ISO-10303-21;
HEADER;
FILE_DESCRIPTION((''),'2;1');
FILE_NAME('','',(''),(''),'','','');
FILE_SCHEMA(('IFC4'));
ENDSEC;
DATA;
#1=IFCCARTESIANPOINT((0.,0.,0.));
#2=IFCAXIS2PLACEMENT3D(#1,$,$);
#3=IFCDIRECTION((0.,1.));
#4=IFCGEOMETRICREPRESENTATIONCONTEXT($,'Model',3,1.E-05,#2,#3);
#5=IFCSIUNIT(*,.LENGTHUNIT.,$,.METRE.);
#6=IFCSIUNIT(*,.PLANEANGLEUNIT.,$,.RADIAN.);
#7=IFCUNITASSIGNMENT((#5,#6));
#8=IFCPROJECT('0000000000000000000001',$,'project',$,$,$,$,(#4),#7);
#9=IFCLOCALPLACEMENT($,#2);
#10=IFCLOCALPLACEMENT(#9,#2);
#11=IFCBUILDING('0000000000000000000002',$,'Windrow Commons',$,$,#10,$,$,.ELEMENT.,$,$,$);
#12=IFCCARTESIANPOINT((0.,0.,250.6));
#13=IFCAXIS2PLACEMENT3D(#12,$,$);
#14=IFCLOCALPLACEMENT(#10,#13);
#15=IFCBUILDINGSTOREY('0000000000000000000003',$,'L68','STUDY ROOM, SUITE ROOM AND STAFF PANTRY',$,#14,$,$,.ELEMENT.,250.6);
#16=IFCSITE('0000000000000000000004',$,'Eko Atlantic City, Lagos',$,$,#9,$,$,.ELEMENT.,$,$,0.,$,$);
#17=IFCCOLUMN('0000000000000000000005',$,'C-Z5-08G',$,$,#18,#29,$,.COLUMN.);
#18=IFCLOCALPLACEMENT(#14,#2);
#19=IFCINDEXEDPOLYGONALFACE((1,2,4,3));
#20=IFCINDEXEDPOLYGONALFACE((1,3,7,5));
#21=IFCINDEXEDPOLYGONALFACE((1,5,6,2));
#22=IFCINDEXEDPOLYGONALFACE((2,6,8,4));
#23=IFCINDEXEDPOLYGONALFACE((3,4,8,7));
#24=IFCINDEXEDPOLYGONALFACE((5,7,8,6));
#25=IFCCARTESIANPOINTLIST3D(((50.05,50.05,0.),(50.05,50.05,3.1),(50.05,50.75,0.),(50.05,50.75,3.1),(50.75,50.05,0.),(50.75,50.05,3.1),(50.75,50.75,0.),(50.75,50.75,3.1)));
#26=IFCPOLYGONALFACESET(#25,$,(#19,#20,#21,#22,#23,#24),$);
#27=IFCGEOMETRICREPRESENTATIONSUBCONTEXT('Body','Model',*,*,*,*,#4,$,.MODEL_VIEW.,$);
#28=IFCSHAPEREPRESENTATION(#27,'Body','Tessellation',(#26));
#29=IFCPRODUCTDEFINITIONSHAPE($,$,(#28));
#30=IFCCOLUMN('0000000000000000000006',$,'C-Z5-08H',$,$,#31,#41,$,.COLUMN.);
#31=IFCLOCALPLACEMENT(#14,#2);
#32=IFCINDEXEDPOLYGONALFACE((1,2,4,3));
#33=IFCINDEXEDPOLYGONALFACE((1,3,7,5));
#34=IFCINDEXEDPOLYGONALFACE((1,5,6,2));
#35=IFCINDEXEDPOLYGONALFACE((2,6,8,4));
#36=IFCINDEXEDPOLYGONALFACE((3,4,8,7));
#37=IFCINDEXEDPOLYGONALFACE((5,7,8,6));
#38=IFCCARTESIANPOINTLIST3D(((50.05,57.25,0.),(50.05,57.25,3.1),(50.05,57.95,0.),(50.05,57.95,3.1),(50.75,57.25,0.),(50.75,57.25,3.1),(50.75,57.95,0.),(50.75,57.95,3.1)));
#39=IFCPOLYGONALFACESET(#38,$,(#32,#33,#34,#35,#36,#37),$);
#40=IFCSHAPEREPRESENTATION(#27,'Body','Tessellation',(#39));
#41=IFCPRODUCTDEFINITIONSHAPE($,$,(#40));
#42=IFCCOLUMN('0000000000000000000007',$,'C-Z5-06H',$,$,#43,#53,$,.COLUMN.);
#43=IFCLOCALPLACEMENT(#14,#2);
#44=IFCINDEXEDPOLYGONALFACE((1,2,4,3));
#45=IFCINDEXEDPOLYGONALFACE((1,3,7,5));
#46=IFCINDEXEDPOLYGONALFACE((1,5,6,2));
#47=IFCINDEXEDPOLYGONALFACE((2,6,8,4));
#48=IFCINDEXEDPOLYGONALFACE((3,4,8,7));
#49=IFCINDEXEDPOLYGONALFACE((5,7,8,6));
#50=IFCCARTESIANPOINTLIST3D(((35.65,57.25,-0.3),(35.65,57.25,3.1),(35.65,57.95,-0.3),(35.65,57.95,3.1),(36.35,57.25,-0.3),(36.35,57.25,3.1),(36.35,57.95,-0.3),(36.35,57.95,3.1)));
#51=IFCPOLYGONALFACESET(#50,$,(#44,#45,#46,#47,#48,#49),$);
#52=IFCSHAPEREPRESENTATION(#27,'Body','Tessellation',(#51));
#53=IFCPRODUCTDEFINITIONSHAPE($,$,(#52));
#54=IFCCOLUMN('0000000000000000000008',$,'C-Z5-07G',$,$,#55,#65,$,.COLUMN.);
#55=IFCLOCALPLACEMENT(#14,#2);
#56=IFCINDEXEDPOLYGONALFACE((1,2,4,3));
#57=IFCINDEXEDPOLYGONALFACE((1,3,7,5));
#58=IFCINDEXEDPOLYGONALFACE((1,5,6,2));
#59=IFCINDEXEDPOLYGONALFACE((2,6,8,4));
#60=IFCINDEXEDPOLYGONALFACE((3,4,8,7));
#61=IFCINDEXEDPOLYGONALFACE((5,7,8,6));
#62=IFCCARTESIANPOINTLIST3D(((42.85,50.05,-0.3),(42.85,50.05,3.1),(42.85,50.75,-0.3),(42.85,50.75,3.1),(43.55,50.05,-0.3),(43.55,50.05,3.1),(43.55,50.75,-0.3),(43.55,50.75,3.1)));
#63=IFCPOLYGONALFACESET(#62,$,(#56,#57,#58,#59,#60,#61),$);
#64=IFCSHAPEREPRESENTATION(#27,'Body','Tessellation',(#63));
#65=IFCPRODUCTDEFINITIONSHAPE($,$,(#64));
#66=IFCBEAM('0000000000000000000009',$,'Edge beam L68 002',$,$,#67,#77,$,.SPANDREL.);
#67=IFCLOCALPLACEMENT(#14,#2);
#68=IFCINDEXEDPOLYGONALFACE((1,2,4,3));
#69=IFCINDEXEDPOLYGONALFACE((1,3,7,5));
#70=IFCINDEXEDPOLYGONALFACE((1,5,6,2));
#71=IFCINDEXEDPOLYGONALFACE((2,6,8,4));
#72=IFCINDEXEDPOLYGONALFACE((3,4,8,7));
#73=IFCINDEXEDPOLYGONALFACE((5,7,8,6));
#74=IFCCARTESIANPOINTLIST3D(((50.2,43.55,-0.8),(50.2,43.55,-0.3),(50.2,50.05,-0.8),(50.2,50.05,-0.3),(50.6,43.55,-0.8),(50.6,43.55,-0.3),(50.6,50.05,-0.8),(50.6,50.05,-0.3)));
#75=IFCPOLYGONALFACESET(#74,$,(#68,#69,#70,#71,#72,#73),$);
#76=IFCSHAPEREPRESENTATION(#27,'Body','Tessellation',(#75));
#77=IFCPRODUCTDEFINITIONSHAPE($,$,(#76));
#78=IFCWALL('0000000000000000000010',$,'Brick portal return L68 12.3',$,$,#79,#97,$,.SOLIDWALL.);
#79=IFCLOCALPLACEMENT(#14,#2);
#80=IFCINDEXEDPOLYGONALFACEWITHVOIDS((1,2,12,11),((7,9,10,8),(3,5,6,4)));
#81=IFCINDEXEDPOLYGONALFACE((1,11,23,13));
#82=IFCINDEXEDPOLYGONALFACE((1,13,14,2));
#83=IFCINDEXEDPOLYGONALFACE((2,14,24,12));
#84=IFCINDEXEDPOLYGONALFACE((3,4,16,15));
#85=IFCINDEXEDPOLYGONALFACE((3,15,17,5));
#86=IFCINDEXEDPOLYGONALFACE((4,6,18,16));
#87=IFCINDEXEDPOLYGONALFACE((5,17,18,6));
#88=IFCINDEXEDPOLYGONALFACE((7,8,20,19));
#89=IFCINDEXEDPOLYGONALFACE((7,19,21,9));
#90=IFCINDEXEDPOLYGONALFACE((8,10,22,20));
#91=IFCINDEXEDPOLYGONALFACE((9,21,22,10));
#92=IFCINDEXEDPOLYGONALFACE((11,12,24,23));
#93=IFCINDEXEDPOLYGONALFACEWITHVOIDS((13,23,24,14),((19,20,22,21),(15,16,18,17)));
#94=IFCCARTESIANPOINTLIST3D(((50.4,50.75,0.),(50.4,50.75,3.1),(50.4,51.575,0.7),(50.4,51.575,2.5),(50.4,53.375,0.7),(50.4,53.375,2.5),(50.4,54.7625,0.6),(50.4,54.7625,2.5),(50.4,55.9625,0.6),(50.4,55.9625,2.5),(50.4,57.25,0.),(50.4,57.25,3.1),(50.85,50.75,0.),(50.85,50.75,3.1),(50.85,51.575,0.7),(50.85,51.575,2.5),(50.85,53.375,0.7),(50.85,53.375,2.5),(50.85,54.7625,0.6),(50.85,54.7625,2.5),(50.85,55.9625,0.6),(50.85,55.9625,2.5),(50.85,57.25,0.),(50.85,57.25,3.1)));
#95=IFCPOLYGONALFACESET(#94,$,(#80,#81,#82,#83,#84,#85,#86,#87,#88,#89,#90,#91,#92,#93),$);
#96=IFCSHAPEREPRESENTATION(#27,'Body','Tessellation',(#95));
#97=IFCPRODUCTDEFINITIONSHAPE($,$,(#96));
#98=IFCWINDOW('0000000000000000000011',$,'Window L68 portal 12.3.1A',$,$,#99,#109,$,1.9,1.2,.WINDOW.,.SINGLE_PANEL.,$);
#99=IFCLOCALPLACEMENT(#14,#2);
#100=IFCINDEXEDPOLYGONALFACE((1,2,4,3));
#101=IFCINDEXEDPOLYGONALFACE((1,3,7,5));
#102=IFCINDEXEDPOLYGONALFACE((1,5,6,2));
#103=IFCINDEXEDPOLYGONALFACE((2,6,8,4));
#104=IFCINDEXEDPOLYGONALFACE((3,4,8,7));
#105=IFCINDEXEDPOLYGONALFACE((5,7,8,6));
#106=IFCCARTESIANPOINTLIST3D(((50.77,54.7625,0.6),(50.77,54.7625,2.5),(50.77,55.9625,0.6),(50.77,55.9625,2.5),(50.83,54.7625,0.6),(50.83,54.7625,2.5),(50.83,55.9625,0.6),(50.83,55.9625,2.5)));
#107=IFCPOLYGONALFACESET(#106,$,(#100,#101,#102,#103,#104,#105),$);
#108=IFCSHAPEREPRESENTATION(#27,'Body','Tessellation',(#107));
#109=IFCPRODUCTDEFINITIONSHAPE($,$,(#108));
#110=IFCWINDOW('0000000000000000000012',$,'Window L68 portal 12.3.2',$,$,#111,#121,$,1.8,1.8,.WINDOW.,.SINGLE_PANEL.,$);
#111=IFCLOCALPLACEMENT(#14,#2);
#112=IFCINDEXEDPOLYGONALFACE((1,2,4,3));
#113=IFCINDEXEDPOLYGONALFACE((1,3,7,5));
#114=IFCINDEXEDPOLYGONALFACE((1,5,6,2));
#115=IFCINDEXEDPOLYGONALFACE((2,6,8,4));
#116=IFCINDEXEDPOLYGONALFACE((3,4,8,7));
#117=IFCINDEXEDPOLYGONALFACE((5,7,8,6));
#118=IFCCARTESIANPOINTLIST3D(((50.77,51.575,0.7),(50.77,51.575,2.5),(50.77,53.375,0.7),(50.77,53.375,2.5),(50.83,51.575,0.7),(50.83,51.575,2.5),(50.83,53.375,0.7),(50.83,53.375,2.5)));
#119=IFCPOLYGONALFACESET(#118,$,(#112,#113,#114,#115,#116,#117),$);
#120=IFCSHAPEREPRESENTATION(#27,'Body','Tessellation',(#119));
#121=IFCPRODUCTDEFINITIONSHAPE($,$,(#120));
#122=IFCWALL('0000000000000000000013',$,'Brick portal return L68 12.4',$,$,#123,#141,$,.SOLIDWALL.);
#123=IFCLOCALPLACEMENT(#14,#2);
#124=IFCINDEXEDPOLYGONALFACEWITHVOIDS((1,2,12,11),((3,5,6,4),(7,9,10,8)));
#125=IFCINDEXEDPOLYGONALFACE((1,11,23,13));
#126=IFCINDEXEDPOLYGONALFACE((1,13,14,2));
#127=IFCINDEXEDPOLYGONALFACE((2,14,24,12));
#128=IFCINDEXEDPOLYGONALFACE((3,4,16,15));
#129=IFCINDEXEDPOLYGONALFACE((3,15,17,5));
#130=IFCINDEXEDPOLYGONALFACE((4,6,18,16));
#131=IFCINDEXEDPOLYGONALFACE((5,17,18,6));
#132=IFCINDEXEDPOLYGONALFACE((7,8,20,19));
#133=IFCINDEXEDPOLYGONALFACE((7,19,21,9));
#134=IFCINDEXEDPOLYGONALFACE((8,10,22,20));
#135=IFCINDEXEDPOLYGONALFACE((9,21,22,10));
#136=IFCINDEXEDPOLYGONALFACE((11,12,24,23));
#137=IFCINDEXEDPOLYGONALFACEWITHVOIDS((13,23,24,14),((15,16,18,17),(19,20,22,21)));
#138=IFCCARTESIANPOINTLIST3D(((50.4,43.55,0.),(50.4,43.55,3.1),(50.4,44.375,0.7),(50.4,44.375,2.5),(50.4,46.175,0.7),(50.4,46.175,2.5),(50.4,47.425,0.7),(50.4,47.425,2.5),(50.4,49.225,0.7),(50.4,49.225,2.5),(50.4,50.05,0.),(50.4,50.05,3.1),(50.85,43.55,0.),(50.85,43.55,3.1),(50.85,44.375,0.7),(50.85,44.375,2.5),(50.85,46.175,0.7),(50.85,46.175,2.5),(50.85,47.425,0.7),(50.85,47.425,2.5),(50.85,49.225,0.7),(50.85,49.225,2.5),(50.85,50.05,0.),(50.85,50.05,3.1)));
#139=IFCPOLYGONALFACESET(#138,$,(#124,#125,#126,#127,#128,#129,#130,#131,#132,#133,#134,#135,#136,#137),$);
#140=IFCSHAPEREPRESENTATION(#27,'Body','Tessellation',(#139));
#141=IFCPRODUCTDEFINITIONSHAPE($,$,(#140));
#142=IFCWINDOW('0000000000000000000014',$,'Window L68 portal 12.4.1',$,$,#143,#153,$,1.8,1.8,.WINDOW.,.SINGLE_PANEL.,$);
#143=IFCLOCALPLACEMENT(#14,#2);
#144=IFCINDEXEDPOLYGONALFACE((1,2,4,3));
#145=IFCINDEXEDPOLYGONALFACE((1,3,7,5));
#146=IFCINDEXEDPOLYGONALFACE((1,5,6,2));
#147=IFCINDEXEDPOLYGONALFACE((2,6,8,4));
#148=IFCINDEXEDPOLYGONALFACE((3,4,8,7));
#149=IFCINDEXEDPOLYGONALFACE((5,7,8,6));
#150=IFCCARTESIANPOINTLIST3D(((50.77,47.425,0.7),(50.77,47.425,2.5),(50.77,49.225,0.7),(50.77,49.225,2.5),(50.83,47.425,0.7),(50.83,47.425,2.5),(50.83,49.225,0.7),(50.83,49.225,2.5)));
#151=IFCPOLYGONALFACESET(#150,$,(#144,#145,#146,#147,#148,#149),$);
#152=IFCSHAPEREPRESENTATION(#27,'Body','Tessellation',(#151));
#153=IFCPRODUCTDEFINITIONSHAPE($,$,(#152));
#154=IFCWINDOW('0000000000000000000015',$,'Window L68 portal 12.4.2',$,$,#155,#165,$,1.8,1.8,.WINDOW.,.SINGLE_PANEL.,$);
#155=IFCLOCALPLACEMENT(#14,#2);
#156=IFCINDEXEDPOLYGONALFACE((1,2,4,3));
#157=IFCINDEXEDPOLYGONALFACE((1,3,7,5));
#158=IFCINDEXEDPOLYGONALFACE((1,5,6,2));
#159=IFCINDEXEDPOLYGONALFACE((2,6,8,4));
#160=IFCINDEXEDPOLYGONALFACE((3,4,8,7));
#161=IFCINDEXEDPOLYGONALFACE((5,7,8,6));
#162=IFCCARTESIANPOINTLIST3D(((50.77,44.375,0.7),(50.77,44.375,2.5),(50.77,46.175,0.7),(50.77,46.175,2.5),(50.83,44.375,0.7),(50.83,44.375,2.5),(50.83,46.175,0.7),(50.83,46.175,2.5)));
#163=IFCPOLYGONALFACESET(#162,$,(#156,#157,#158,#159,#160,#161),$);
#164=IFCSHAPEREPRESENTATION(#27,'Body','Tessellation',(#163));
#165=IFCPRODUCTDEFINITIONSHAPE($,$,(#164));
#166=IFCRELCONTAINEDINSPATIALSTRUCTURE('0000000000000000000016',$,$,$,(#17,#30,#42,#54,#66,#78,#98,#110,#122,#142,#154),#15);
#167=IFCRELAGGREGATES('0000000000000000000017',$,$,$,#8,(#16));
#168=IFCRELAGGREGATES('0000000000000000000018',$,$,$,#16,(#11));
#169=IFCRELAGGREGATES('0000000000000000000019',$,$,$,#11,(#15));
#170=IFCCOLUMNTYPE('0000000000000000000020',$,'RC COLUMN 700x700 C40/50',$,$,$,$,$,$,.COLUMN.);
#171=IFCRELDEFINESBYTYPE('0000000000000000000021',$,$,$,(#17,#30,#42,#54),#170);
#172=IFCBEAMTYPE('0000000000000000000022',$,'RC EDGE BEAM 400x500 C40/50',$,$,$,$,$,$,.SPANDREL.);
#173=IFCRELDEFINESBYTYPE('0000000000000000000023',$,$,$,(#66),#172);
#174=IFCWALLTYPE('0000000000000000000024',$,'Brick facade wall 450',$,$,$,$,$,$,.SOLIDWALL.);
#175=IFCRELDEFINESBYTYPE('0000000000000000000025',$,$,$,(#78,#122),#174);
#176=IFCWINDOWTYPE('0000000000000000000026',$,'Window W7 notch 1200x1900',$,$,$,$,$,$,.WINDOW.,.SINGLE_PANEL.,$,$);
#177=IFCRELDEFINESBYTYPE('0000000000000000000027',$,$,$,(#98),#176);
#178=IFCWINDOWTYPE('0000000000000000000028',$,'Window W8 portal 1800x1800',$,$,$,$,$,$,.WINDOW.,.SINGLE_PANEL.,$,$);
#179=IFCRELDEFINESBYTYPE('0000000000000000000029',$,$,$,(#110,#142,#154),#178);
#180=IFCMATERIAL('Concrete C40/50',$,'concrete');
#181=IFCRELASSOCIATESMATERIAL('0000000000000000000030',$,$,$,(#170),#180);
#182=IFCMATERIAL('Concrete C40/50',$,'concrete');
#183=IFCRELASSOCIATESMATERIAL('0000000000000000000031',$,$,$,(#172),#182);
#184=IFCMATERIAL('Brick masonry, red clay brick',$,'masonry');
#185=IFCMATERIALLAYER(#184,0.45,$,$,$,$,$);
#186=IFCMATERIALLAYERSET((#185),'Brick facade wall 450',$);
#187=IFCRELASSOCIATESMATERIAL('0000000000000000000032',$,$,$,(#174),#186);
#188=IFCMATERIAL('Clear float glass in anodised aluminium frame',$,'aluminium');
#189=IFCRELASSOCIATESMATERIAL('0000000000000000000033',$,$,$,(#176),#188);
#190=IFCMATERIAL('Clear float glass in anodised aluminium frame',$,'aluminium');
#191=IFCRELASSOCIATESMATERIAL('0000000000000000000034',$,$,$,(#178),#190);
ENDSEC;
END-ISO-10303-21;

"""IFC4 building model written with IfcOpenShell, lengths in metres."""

from ifc_helpers import new_model, si_unit, direction, frame, frame_2d, origin, origin_2d, place, context, subcontext, project, spatial, rectangle, extrude, material, layer, layer_set, material_profile, profile_set, type_object, element, fill, save


model = new_model("IFC4")

# Units and contexts
model_context = context("Model", 3, precision=1e-05, world=origin(), true_north=direction((0.0, 1.0)))
body_context = subcontext(model_context, "Body", "Model", "MODEL_VIEW")
ifc_project = project(units=[si_unit("LENGTHUNIT", "METRE"), si_unit("PLANEANGLEUNIT", "RADIAN")], contexts=[model_context])

# Site, building, storey
site_placement = place(None, origin())
site = spatial("IfcSite", under=ifc_project, at=site_placement, Name="Eko Atlantic City, Lagos", CompositionType="ELEMENT", RefElevation=0.0)
building_placement = place(site_placement, origin())
building = spatial("IfcBuilding", under=site, at=building_placement, Name="Windrow Commons", CompositionType="ELEMENT")
storey_placement = place(building_placement, frame((0.0, 0.0, 250.6)))
storey = spatial("IfcBuildingStorey", under=building, at=storey_placement, Name="L68", Description="STUDY ROOM, SUITE ROOM AND STAFF PANTRY", CompositionType="ELEMENT", Elevation=250.6)

# Columns
ifc_material_1 = material(Name="Concrete C40/50", Category="concrete")
ifc_material_profile_1 = material_profile(ifc_material_1, rectangle(XDim=0.7, YDim=0.7, at=origin_2d()))
ifc_profile_set_1 = profile_set([ifc_material_profile_1], Name="Concrete C40/50")
column_type = type_object("IfcColumnType", Name="RC COLUMN 700x700 C40/50", PredefinedType="COLUMN", material=ifc_profile_set_1)
for number, where, z_axis, x_axis, name in (
    (1, (50.4, 50.4, 0.0), (0.0, 0.0, 1.0), (1.0, 0.0, 0.0), "C-Z5-08G"),
    (2, (50.4, 57.6, 0.0), (0.0, 0.0, 1.0), (1.0, 0.0, 0.0), "C-Z5-08H"),
):
    element("IfcColumn", number, at=place(storey_placement, frame(where, z_axis=z_axis, x_axis=x_axis)), inside=storey, type_object=column_type, Name=name, PredefinedType="COLUMN", context=body_context, shape_type="SweptSolid", body=[
        extrude(rectangle(XDim=0.7, YDim=0.7, at=origin_2d()), origin(), (0.0, 0.0, 1.0), 3.1),
    ])
for number, where, z_axis, x_axis, name in (
    (3, (36.0, 57.6, -0.3), (0.0, 0.0, 1.0), (1.0, 0.0, 0.0), "C-Z5-06H"),
    (4, (43.2, 50.4, -0.3), (0.0, 0.0, 1.0), (1.0, 0.0, 0.0), "C-Z5-07G"),
):
    element("IfcColumn", number, at=place(storey_placement, frame(where, z_axis=z_axis, x_axis=x_axis)), inside=storey, type_object=column_type, Name=name, PredefinedType="COLUMN", context=body_context, shape_type="SweptSolid", body=[
        extrude(rectangle(XDim=0.7, YDim=0.7, at=origin_2d()), origin(), (0.0, 0.0, 1.0), 3.4),
    ])

# Beam
ifc_material_2 = material(Name="Concrete C40/50", Category="concrete")
ifc_material_profile_2 = material_profile(ifc_material_2, rectangle(XDim=0.4, YDim=0.5, at=origin_2d()))
ifc_profile_set_2 = profile_set([ifc_material_profile_2], Name="Concrete C40/50")
beam_type = type_object("IfcBeamType", Name="RC EDGE BEAM 400x500 C40/50", PredefinedType="SPANDREL", material=ifc_profile_set_2)
beam_placement = place(storey_placement, frame((50.4, 43.55, -0.55), z_axis=(0.0, 1.0, 0.0), x_axis=(-1.0, 0.0, 0.0)))
element("IfcBeam", 5, at=beam_placement, inside=storey, type_object=beam_type, Name="Edge beam L68 002", PredefinedType="SPANDREL", context=body_context, shape_type="SweptSolid", body=[
    extrude(rectangle(XDim=0.4, YDim=0.5, at=origin_2d()), origin(), (0.0, 0.0, 1.0), 6.5),
])

# Walls, openings, windows
ifc_material_3 = material(Name="Brick masonry, red clay brick", Category="masonry")
ifc_layer_1 = layer(ifc_material_3, 0.45)
ifc_layer_set_1 = layer_set([ifc_layer_1], Name="Brick facade wall 450")
wall_type_1 = type_object("IfcWallType", Name="Brick facade wall 450", PredefinedType="SOLIDWALL", material=ifc_layer_set_1)
wall_1_placement = place(storey_placement, frame((50.625, 57.25, 0.0), z_axis=(0.0, 0.0, 1.0), x_axis=(0.0, -1.0, 0.0)))
wall_1 = element("IfcWall", 6, at=wall_1_placement, inside=storey, type_object=wall_type_1, Name="Brick portal return L68 12.3", PredefinedType="SOLIDWALL", context=body_context, shape_type="SweptSolid", body=[
    extrude(rectangle(XDim=6.5, YDim=0.45, at=frame_2d((3.25, 0.0))), origin(), (0.0, 0.0, 1.0), 3.1),
])
opening_1_placement = place(wall_1_placement, frame((3.875, 0.0, 0.7)))
opening_1 = element("IfcOpeningElement", 7, at=opening_1_placement, cuts=wall_1, PredefinedType="OPENING", context=body_context, shape_type="SweptSolid", body=[
    extrude(rectangle(XDim=1.8, YDim=1.8, at=frame_2d((0.9, 0.9))), frame((0.0, 0.235, 0.0), z_axis=(0.0, -1.0, 0.0), x_axis=(1.0, 0.0, 0.0)), (0.0, 0.0, 1.0), 0.47),
])
opening_2_placement = place(wall_1_placement, frame((1.2875, 0.0, 0.6)))
opening_2 = element("IfcOpeningElement", 8, at=opening_2_placement, cuts=wall_1, PredefinedType="OPENING", context=body_context, shape_type="SweptSolid", body=[
    extrude(rectangle(XDim=1.2, YDim=1.9, at=frame_2d((0.6, 0.95))), frame((0.0, 0.235, 0.0), z_axis=(0.0, -1.0, 0.0), x_axis=(1.0, 0.0, 0.0)), (0.0, 0.0, 1.0), 0.47),
])
ifc_material_4 = material(Name="Clear float glass in anodised aluminium frame", Category="aluminium")
window_type_1 = type_object("IfcWindowType", Name="Window W7 notch 1200x1900", PartitioningType="SINGLE_PANEL", PredefinedType="WINDOW", material=ifc_material_4)
window_1_placement = place(opening_2_placement, origin())
window_1 = element("IfcWindow", 9, at=window_1_placement, inside=storey, type_object=window_type_1, Name="Window L68 portal 12.3.1A", OverallHeight=1.9, OverallWidth=1.2, PartitioningType="SINGLE_PANEL", PredefinedType="WINDOW", context=body_context, shape_type="SweptSolid", body=[
    extrude(rectangle(XDim=1.2, YDim=1.9, at=frame_2d((0.6, 0.95))), frame((0.0, 0.205, 0.0), z_axis=(0.0, -1.0, 0.0), x_axis=(1.0, 0.0, 0.0)), (0.0, 0.0, 1.0), 0.06),
])
fill(opening_2, window_1)
ifc_material_5 = material(Name="Clear float glass in anodised aluminium frame", Category="aluminium")
window_type_2 = type_object("IfcWindowType", Name="Window W8 portal 1800x1800", PartitioningType="SINGLE_PANEL", PredefinedType="WINDOW", material=ifc_material_5)
window_2_placement = place(opening_1_placement, origin())
window_2 = element("IfcWindow", 10, at=window_2_placement, inside=storey, type_object=window_type_2, Name="Window L68 portal 12.3.2", OverallHeight=1.8, OverallWidth=1.8, PartitioningType="SINGLE_PANEL", PredefinedType="WINDOW", context=body_context, shape_type="SweptSolid", body=[
    extrude(rectangle(XDim=1.8, YDim=1.8, at=frame_2d((0.9, 0.9))), frame((0.0, 0.205, 0.0), z_axis=(0.0, -1.0, 0.0), x_axis=(1.0, 0.0, 0.0)), (0.0, 0.0, 1.0), 0.06),
])
fill(opening_1, window_2)
wall_2_placement = place(storey_placement, frame((50.625, 50.05, 0.0), z_axis=(0.0, 0.0, 1.0), x_axis=(0.0, -1.0, 0.0)))
wall_2 = element("IfcWall", 11, at=wall_2_placement, inside=storey, type_object=wall_type_1, Name="Brick portal return L68 12.4", PredefinedType="SOLIDWALL", context=body_context, shape_type="SweptSolid", body=[
    extrude(rectangle(XDim=6.5, YDim=0.45, at=frame_2d((3.25, 0.0))), origin(), (0.0, 0.0, 1.0), 3.1),
])
opening_3_placement = place(wall_2_placement, frame((0.825, 0.0, 0.7)))
opening_3 = element("IfcOpeningElement", 12, at=opening_3_placement, cuts=wall_2, PredefinedType="OPENING", context=body_context, shape_type="SweptSolid", body=[
    extrude(rectangle(XDim=1.8, YDim=1.8, at=frame_2d((0.9, 0.9))), frame((0.0, 0.235, 0.0), z_axis=(0.0, -1.0, 0.0), x_axis=(1.0, 0.0, 0.0)), (0.0, 0.0, 1.0), 0.47),
])
opening_4_placement = place(wall_2_placement, frame((3.875, 0.0, 0.7)))
opening_4 = element("IfcOpeningElement", 13, at=opening_4_placement, cuts=wall_2, PredefinedType="OPENING", context=body_context, shape_type="SweptSolid", body=[
    extrude(rectangle(XDim=1.8, YDim=1.8, at=frame_2d((0.9, 0.9))), frame((0.0, 0.235, 0.0), z_axis=(0.0, -1.0, 0.0), x_axis=(1.0, 0.0, 0.0)), (0.0, 0.0, 1.0), 0.47),
])
window_3_placement = place(opening_3_placement, origin())
window_3 = element("IfcWindow", 14, at=window_3_placement, inside=storey, type_object=window_type_2, Name="Window L68 portal 12.4.1", OverallHeight=1.8, OverallWidth=1.8, PartitioningType="SINGLE_PANEL", PredefinedType="WINDOW", context=body_context, shape_type="SweptSolid", body=[
    extrude(rectangle(XDim=1.8, YDim=1.8, at=frame_2d((0.9, 0.9))), frame((0.0, 0.205, 0.0), z_axis=(0.0, -1.0, 0.0), x_axis=(1.0, 0.0, 0.0)), (0.0, 0.0, 1.0), 0.06),
])
fill(opening_3, window_3)
window_4_placement = place(opening_4_placement, origin())
window_4 = element("IfcWindow", 15, at=window_4_placement, inside=storey, type_object=window_type_2, Name="Window L68 portal 12.4.2", OverallHeight=1.8, OverallWidth=1.8, PartitioningType="SINGLE_PANEL", PredefinedType="WINDOW", context=body_context, shape_type="SweptSolid", body=[
    extrude(rectangle(XDim=1.8, YDim=1.8, at=frame_2d((0.9, 0.9))), frame((0.0, 0.205, 0.0), z_axis=(0.0, -1.0, 0.0), x_axis=(1.0, 0.0, 0.0)), (0.0, 0.0, 1.0), 0.06),
])
fill(opening_4, window_4)

save(model, "model.ifc")
